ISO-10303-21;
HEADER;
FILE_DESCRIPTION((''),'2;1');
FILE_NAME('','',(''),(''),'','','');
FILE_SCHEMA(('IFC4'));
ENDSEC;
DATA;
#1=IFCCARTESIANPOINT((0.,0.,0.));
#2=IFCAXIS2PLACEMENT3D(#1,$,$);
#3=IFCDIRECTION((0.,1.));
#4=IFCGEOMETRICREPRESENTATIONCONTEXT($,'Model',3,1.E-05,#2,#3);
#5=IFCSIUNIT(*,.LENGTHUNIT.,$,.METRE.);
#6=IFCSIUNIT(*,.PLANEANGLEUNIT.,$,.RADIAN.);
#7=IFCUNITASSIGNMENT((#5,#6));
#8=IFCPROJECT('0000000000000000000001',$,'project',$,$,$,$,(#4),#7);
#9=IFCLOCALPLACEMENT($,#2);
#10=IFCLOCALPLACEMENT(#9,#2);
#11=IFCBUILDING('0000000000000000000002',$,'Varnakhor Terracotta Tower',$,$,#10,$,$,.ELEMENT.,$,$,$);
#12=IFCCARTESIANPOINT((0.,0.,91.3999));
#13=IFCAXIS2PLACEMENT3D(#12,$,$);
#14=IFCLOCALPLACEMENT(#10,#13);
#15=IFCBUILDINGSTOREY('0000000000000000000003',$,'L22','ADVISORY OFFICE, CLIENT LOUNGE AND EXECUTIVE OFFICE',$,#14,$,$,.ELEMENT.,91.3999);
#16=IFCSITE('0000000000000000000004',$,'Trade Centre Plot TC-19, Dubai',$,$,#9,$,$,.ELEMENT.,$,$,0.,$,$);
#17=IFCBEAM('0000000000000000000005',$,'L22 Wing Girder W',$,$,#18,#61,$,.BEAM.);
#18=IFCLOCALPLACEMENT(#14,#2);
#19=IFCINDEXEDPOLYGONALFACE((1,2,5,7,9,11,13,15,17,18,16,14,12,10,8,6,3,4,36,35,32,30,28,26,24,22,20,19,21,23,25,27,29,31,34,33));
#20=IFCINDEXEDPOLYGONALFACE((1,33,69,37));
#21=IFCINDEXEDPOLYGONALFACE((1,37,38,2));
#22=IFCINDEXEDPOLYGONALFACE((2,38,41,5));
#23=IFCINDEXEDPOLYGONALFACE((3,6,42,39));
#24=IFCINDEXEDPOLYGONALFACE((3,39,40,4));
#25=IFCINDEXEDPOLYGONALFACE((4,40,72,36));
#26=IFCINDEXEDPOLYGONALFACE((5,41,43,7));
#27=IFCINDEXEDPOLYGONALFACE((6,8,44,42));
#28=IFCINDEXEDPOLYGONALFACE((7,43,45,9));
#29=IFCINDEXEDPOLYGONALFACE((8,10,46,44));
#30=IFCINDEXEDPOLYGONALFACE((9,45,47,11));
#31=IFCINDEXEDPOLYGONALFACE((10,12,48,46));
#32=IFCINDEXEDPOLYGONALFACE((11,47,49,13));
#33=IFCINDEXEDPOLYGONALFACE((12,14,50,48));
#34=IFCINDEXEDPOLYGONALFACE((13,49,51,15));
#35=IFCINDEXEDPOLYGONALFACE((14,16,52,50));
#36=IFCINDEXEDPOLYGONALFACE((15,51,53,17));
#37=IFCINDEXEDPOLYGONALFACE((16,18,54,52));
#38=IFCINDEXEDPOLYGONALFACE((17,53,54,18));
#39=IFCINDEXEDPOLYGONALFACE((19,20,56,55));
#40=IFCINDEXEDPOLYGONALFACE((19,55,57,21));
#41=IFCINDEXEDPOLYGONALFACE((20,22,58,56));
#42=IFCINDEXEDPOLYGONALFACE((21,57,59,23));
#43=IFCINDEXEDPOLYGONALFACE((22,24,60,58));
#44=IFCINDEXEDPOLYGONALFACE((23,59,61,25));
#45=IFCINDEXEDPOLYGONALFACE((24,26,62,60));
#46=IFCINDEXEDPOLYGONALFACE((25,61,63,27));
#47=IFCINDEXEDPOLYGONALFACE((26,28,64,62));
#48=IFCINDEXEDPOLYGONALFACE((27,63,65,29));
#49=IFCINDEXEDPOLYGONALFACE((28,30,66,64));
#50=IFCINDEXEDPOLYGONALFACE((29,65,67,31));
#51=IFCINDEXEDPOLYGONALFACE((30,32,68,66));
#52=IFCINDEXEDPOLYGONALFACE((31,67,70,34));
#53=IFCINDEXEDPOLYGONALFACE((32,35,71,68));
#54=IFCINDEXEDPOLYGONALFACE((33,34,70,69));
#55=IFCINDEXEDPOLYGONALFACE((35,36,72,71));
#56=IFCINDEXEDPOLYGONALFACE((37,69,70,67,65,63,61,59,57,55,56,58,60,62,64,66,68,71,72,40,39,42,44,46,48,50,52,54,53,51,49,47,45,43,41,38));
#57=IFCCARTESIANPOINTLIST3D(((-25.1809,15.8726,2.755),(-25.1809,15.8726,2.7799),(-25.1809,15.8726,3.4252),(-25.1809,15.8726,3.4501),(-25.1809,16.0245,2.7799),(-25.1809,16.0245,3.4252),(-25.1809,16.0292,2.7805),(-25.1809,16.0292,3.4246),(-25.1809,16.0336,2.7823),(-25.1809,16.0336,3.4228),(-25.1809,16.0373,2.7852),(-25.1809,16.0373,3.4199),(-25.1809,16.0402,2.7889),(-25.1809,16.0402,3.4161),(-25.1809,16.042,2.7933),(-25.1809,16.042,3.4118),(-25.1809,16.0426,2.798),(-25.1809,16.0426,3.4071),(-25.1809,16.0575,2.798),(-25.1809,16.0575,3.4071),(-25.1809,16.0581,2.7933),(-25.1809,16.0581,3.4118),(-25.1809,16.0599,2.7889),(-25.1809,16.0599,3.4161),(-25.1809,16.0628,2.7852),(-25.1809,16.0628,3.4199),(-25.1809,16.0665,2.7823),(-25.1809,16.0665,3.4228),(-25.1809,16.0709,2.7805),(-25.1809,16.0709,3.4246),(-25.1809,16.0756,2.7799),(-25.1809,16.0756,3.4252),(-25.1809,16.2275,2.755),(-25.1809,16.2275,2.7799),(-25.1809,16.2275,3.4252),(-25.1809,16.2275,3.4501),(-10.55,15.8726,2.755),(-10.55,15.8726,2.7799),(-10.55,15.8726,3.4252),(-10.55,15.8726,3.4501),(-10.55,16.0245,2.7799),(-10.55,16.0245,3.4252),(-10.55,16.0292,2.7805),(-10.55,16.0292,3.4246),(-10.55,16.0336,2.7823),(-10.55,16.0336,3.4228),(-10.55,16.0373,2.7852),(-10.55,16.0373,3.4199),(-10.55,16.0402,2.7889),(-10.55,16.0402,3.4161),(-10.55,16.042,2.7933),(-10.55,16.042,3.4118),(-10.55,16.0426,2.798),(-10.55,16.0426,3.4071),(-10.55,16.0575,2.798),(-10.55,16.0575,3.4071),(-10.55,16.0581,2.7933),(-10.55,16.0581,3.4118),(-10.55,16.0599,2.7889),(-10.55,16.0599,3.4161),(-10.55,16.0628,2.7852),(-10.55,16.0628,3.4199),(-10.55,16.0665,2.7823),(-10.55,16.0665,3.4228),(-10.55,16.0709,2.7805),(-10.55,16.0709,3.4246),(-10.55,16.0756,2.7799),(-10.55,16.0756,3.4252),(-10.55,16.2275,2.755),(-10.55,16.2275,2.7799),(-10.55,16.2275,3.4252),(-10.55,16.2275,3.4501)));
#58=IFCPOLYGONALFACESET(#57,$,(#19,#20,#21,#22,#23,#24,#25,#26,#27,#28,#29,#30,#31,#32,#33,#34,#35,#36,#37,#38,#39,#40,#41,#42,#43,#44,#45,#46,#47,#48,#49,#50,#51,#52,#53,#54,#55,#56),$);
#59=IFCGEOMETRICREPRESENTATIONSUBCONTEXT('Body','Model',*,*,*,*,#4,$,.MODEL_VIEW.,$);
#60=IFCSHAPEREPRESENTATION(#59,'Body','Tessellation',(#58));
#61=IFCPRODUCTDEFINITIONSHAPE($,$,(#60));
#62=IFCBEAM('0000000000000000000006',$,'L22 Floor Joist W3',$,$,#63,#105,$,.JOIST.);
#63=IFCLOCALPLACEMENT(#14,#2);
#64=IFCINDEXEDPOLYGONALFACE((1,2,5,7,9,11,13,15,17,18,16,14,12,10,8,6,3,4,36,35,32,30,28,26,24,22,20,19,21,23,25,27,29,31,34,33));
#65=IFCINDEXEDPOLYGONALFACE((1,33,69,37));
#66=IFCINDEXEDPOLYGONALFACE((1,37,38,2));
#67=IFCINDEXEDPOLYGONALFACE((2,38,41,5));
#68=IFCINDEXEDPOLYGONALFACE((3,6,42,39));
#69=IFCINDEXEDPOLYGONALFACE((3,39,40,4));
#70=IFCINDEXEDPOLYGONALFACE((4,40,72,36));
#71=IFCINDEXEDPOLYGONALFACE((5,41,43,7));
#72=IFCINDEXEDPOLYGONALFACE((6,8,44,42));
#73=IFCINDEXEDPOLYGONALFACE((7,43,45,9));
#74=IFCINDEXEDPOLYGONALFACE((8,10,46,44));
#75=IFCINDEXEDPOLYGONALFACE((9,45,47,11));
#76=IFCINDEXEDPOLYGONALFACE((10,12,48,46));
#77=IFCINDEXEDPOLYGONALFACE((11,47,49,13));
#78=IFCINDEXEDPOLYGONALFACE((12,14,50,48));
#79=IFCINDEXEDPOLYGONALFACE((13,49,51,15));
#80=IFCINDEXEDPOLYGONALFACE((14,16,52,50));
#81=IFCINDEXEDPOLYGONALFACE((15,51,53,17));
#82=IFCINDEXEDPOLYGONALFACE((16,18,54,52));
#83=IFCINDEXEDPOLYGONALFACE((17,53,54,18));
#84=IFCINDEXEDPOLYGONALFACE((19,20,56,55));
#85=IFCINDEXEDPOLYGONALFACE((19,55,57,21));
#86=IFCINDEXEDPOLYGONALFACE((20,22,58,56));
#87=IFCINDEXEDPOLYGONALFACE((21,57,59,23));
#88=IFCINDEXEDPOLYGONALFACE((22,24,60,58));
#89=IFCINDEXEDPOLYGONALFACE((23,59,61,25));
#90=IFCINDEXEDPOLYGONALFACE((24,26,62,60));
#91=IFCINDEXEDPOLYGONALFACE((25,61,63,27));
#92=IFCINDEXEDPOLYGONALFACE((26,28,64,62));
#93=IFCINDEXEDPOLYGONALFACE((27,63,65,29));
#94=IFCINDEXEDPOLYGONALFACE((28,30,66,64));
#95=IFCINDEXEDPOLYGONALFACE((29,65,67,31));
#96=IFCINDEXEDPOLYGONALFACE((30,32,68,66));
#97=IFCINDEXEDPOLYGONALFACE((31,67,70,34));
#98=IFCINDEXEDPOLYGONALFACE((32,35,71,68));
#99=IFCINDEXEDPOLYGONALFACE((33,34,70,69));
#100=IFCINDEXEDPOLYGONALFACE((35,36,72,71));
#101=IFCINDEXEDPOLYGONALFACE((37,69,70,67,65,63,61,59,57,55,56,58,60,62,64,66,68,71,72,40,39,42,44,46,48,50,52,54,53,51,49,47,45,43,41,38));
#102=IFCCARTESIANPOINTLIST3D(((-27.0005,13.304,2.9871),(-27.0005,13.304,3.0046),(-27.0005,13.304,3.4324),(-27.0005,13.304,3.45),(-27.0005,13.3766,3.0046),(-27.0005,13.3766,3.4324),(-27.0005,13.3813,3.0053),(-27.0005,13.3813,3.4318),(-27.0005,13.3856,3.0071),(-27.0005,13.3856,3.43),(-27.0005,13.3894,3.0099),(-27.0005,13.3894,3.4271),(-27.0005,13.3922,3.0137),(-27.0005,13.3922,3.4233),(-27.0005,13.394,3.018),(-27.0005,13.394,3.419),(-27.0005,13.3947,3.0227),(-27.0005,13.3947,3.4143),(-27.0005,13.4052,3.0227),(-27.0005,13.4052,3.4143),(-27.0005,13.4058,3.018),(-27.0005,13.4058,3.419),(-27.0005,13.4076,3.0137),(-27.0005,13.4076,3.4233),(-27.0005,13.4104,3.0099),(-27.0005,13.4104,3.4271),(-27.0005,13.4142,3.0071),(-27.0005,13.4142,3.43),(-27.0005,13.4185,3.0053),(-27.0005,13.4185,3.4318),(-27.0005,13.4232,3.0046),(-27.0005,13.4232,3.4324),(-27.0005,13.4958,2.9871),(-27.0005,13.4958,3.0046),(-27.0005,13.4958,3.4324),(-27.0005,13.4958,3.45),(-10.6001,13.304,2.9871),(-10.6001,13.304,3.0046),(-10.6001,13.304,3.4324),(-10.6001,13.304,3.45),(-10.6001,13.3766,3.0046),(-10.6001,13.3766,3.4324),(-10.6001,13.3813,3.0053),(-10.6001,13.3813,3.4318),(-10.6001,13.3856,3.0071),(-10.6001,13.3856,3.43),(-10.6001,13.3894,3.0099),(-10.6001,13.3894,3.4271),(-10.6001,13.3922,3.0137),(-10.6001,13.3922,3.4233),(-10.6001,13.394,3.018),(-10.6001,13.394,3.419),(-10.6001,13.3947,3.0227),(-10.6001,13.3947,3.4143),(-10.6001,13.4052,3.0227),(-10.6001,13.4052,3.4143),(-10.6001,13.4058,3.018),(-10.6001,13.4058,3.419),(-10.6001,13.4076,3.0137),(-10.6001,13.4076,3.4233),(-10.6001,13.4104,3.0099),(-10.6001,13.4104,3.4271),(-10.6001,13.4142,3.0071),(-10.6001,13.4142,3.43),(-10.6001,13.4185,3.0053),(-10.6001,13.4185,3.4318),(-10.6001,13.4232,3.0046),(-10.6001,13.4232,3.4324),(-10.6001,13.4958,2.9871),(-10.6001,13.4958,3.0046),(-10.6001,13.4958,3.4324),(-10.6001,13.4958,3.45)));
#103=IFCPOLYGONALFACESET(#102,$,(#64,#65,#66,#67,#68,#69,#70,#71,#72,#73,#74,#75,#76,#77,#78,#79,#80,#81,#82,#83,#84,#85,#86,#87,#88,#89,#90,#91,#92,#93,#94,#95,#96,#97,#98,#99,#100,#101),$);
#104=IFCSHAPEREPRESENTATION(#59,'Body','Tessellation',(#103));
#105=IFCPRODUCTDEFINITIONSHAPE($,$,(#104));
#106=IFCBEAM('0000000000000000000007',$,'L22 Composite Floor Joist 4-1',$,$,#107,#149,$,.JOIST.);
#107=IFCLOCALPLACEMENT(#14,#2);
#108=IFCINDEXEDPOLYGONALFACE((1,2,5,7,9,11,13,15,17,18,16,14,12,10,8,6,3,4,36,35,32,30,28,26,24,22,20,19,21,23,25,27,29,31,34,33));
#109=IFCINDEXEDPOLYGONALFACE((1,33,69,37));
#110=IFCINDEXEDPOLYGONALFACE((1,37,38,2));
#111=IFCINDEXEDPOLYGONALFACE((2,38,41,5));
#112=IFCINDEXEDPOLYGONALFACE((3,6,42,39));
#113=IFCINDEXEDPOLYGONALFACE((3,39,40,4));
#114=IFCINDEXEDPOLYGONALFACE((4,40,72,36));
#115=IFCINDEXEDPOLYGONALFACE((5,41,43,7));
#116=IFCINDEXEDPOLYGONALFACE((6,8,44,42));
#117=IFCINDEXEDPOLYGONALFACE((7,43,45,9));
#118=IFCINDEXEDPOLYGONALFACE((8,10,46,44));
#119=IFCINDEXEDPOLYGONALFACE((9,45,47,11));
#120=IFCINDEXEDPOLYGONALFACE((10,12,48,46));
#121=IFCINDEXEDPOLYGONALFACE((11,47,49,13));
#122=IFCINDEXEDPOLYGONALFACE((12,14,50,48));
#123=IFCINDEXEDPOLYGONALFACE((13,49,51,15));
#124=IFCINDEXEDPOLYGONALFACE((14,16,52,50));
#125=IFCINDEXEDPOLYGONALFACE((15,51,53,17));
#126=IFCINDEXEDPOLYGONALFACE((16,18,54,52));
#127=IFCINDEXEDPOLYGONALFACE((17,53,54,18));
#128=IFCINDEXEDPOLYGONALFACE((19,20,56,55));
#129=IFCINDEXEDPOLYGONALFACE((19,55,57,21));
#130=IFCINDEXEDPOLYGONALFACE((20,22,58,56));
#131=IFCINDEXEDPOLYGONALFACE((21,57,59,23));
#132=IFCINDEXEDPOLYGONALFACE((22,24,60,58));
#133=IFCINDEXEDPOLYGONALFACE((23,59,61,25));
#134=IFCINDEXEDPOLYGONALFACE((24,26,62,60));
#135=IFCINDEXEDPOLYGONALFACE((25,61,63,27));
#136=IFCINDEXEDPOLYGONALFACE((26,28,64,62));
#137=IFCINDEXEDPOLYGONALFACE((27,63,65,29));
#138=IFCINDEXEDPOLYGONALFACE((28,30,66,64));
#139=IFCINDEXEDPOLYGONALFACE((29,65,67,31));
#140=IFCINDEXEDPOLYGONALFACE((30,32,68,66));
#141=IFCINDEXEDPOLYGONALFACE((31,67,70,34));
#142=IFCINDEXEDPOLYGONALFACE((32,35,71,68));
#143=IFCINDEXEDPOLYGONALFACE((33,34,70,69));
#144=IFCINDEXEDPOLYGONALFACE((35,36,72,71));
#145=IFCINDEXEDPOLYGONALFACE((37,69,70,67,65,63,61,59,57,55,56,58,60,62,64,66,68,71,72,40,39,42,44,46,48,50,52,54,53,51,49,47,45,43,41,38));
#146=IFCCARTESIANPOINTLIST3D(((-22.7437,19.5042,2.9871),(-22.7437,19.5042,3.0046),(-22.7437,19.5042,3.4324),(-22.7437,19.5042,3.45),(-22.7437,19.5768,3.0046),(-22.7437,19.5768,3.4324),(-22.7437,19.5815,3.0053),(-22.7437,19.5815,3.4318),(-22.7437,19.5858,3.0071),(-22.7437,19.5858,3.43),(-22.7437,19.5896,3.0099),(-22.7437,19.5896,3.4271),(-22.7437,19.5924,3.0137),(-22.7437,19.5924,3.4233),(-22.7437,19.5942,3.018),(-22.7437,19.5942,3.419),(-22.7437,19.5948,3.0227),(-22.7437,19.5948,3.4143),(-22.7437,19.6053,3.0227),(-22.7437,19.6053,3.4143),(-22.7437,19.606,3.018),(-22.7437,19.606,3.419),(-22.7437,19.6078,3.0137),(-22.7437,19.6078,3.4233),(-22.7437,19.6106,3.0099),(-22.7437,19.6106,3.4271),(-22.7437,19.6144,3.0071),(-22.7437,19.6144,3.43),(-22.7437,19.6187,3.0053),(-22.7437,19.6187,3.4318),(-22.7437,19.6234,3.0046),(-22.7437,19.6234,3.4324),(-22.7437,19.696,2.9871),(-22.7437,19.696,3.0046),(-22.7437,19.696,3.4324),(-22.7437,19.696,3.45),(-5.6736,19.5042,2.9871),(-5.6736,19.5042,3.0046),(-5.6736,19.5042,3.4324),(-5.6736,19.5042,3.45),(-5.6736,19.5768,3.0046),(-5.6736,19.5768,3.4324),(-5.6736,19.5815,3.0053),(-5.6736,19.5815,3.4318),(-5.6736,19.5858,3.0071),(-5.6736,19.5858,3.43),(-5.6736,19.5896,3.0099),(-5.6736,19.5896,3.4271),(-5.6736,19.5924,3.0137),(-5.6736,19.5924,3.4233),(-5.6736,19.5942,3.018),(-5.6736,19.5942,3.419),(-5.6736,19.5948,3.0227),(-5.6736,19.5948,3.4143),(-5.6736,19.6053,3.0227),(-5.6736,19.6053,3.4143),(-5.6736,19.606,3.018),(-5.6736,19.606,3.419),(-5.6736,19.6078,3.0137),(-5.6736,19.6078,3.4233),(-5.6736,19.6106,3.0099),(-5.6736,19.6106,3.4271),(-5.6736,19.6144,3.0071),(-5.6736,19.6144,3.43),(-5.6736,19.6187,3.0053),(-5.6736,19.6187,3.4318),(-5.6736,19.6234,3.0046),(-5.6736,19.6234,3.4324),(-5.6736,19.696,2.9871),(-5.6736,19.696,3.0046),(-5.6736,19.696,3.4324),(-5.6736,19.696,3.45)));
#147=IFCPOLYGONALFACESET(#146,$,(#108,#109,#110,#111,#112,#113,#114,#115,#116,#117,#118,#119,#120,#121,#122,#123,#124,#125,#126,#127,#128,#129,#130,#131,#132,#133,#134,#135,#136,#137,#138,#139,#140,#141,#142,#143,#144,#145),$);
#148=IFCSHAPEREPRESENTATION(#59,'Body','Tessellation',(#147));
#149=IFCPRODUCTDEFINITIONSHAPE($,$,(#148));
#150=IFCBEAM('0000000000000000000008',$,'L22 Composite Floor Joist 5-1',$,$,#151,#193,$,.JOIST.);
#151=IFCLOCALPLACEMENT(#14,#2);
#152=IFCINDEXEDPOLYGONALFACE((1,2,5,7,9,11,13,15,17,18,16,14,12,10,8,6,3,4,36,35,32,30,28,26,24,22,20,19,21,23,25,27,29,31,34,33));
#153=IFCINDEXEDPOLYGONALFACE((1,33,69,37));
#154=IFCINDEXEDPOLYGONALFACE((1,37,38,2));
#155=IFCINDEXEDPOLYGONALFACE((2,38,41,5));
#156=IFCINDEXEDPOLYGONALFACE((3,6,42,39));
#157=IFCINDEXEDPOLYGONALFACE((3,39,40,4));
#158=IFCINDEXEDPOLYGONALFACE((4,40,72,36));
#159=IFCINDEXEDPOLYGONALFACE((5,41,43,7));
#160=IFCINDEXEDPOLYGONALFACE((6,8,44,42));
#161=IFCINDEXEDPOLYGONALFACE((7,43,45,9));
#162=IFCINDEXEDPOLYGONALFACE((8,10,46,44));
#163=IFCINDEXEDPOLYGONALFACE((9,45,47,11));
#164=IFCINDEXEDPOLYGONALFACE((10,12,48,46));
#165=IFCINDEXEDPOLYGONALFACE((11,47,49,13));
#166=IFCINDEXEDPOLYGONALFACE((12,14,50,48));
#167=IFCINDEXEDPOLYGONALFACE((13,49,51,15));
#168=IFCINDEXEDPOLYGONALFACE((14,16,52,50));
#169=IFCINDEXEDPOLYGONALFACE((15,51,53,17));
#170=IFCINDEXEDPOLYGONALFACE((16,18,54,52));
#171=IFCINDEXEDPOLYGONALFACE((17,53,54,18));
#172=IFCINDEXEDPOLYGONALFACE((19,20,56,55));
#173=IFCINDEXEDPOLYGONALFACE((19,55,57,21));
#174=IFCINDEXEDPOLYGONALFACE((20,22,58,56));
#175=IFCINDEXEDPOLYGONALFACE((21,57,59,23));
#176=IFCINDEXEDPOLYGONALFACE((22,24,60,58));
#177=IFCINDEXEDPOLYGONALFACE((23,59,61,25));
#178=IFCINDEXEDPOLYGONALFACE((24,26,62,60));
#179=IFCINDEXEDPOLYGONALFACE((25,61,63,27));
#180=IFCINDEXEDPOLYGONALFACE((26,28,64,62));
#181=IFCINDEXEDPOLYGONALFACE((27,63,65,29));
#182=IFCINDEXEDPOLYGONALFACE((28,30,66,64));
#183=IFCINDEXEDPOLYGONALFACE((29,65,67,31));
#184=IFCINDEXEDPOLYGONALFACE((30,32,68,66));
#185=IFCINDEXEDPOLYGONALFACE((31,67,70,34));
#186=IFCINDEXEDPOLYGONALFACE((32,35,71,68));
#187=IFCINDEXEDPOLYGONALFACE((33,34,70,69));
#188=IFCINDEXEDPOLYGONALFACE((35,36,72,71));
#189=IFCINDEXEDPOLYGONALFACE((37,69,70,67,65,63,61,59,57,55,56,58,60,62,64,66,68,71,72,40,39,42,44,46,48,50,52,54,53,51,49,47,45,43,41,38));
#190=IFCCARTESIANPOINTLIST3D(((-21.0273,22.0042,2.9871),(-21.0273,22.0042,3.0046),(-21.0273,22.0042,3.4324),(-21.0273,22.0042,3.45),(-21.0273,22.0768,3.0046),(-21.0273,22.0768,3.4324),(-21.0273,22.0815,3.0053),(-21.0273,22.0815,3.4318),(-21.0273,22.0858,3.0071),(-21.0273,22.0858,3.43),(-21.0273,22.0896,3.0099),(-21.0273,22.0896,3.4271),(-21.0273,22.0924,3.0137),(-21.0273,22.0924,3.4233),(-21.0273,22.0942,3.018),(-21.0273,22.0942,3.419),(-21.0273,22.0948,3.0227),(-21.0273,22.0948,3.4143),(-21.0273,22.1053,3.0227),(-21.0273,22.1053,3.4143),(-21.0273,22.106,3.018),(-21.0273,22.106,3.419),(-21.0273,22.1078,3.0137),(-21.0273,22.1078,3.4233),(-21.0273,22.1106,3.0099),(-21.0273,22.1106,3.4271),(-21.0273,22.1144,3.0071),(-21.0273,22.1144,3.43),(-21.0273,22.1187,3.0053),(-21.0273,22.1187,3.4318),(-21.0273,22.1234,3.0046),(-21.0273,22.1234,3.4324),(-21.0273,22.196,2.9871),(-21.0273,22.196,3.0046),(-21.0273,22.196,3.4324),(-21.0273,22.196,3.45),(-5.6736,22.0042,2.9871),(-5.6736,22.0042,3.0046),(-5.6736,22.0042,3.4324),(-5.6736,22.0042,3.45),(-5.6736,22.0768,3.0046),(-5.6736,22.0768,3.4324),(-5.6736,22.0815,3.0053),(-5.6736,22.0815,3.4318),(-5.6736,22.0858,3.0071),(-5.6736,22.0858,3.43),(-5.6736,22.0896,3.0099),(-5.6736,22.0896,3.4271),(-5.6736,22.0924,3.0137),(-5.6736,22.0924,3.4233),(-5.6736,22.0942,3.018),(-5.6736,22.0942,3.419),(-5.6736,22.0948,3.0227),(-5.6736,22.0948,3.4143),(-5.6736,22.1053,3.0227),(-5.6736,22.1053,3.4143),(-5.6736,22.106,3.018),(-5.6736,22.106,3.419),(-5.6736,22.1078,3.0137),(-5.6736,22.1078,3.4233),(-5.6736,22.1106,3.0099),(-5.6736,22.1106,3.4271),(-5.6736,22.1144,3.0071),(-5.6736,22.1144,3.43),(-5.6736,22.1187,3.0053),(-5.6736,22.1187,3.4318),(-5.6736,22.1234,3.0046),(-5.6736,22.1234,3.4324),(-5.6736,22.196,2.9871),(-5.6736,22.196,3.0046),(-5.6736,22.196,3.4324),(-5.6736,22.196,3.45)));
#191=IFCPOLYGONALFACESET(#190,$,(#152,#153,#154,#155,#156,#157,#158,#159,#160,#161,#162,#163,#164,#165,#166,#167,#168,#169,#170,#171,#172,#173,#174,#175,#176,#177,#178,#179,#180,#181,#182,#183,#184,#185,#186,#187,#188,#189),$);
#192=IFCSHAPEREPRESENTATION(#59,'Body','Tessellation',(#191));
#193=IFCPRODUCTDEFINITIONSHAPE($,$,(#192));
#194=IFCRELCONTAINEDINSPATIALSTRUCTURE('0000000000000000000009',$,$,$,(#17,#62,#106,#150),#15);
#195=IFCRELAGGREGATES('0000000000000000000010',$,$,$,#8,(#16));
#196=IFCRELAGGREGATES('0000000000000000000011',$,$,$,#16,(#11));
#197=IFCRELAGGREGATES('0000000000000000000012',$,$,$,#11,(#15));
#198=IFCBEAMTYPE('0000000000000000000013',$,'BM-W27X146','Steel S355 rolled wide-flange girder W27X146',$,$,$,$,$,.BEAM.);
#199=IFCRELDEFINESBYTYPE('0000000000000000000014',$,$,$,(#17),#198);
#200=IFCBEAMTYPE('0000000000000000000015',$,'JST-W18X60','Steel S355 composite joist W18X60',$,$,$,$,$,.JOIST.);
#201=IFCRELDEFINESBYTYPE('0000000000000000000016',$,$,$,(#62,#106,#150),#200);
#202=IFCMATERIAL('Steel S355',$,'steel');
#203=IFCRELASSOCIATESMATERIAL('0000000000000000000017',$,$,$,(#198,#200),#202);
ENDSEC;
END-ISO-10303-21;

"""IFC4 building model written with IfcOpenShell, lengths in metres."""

from ifc_helpers import new_model, si_unit, direction, frame, origin, origin_2d, place, context, subcontext, project, spatial, i_section, extrude, source, transform, mapped, material, material_profile, profile_set, type_object, element, save


model = new_model("IFC4")

# Units and contexts
model_context = context("Model", 3, precision=1e-05, world=origin(), true_north=direction((0.0, 1.0)))
body_context = subcontext(model_context, "Body", "Model", "MODEL_VIEW")
ifc_project = project(units=[si_unit("LENGTHUNIT", "METRE"), si_unit("PLANEANGLEUNIT", "RADIAN")], contexts=[model_context])

# Site, building, storey
site_placement = place(None, origin())
site = spatial("IfcSite", under=ifc_project, at=site_placement, Name="Trade Centre Plot TC-19, Dubai", CompositionType="ELEMENT", RefElevation=0.0)
building_placement = place(site_placement, origin())
building = spatial("IfcBuilding", under=site, at=building_placement, Name="Varnakhor Terracotta Tower", CompositionType="ELEMENT")
storey_placement = place(building_placement, frame((0.0, 0.0, 91.3999)))
storey = spatial("IfcBuildingStorey", under=building, at=storey_placement, Name="L22", Description="ADVISORY OFFICE, CLIENT LOUNGE AND EXECUTIVE OFFICE", CompositionType="ELEMENT", Elevation=91.3999)

# Beams
ifc_material_1 = material(Name="Steel S355", Category="steel")
ifc_material_profile_1 = material_profile(ifc_material_1, i_section(OverallWidth=0.355, OverallDepth=0.6951, WebThickness=0.0149, FlangeThickness=0.0249, FilletRadius=0.0181, at=origin_2d()), Name="W27X146")
ifc_profile_set_1 = profile_set([ifc_material_profile_1], Name="Steel S355")
beam_type_1 = type_object("IfcBeamType", Name="BM-W27X146", Description="Steel S355 rolled wide-flange girder W27X146", PredefinedType="BEAM", material=ifc_profile_set_1)
shared_shape_1 = source(origin(), body_context, "Body", "SweptSolid", [
    extrude(i_section(OverallWidth=0.355, OverallDepth=0.6951, WebThickness=0.0149, FlangeThickness=0.0249, FilletRadius=0.0181, at=origin_2d()), origin(), (0.0, 0.0, 1.0), 14.6309),
])
beam_1_placement = place(storey_placement, frame((-25.1809, 16.05, 3.1025), z_axis=(1.0, 0.0, 0.0), x_axis=(0.0, 1.0, 0.0)))
element("IfcBeam", 1, at=beam_1_placement, inside=storey, type_object=beam_type_1, Name="L22 Wing Girder W", PredefinedType="BEAM", context=body_context, shape_type="MappedRepresentation", body=[
    mapped(shared_shape_1, transform((0.0, 0.0, 0.0), scale=1.0)),
])
ifc_material_profile_2 = material_profile(ifc_material_1, i_section(OverallWidth=0.1919, OverallDepth=0.4629, WebThickness=0.0105, FlangeThickness=0.0176, FilletRadius=0.0181, at=origin_2d()), Name="W18X60")
ifc_profile_set_2 = profile_set([ifc_material_profile_2], Name="Steel S355")
beam_type_2 = type_object("IfcBeamType", Name="JST-W18X60", Description="Steel S355 composite joist W18X60", PredefinedType="JOIST", material=ifc_profile_set_2)
shared_shape_2 = source(origin(), body_context, "Body", "SweptSolid", [
    extrude(i_section(OverallWidth=0.1919, OverallDepth=0.4629, WebThickness=0.0105, FlangeThickness=0.0176, FilletRadius=0.0181, at=origin_2d()), origin(), (0.0, 0.0, 1.0), 16.4004),
])
beam_2_placement = place(storey_placement, frame((-27.0005, 13.3999, 3.2185), z_axis=(1.0, 0.0, 0.0), x_axis=(0.0, 1.0, 0.0)))
element("IfcBeam", 2, at=beam_2_placement, inside=storey, type_object=beam_type_2, Name="L22 Floor Joist W3", PredefinedType="JOIST", context=body_context, shape_type="MappedRepresentation", body=[
    mapped(shared_shape_2, transform((0.0, 0.0, 0.0), scale=1.0)),
])
shared_shape_3 = source(origin(), body_context, "Body", "SweptSolid", [
    extrude(i_section(OverallWidth=0.1919, OverallDepth=0.4629, WebThickness=0.0105, FlangeThickness=0.0176, FilletRadius=0.0181, at=origin_2d()), origin(), (0.0, 0.0, 1.0), 17.0701),
])
beam_3_placement = place(storey_placement, frame((-22.7437, 19.6001, 3.2185), z_axis=(1.0, 0.0, 0.0), x_axis=(0.0, 1.0, 0.0)))
element("IfcBeam", 3, at=beam_3_placement, inside=storey, type_object=beam_type_2, Name="L22 Composite Floor Joist 4-1", PredefinedType="JOIST", context=body_context, shape_type="MappedRepresentation", body=[
    mapped(shared_shape_3, transform((0.0, 0.0, 0.0), scale=1.0)),
])
shared_shape_4 = source(origin(), body_context, "Body", "SweptSolid", [
    extrude(i_section(OverallWidth=0.1919, OverallDepth=0.4629, WebThickness=0.0105, FlangeThickness=0.0176, FilletRadius=0.0181, at=origin_2d()), origin(), (0.0, 0.0, 1.0), 15.3538),
])
beam_4_placement = place(storey_placement, frame((-21.0273, 22.1001, 3.2185), z_axis=(1.0, 0.0, 0.0), x_axis=(0.0, 1.0, 0.0)))
element("IfcBeam", 4, at=beam_4_placement, inside=storey, type_object=beam_type_2, Name="L22 Composite Floor Joist 5-1", PredefinedType="JOIST", context=body_context, shape_type="MappedRepresentation", body=[
    mapped(shared_shape_4, transform((0.0, 0.0, 0.0), scale=1.0)),
])

save(model, "model.ifc")
